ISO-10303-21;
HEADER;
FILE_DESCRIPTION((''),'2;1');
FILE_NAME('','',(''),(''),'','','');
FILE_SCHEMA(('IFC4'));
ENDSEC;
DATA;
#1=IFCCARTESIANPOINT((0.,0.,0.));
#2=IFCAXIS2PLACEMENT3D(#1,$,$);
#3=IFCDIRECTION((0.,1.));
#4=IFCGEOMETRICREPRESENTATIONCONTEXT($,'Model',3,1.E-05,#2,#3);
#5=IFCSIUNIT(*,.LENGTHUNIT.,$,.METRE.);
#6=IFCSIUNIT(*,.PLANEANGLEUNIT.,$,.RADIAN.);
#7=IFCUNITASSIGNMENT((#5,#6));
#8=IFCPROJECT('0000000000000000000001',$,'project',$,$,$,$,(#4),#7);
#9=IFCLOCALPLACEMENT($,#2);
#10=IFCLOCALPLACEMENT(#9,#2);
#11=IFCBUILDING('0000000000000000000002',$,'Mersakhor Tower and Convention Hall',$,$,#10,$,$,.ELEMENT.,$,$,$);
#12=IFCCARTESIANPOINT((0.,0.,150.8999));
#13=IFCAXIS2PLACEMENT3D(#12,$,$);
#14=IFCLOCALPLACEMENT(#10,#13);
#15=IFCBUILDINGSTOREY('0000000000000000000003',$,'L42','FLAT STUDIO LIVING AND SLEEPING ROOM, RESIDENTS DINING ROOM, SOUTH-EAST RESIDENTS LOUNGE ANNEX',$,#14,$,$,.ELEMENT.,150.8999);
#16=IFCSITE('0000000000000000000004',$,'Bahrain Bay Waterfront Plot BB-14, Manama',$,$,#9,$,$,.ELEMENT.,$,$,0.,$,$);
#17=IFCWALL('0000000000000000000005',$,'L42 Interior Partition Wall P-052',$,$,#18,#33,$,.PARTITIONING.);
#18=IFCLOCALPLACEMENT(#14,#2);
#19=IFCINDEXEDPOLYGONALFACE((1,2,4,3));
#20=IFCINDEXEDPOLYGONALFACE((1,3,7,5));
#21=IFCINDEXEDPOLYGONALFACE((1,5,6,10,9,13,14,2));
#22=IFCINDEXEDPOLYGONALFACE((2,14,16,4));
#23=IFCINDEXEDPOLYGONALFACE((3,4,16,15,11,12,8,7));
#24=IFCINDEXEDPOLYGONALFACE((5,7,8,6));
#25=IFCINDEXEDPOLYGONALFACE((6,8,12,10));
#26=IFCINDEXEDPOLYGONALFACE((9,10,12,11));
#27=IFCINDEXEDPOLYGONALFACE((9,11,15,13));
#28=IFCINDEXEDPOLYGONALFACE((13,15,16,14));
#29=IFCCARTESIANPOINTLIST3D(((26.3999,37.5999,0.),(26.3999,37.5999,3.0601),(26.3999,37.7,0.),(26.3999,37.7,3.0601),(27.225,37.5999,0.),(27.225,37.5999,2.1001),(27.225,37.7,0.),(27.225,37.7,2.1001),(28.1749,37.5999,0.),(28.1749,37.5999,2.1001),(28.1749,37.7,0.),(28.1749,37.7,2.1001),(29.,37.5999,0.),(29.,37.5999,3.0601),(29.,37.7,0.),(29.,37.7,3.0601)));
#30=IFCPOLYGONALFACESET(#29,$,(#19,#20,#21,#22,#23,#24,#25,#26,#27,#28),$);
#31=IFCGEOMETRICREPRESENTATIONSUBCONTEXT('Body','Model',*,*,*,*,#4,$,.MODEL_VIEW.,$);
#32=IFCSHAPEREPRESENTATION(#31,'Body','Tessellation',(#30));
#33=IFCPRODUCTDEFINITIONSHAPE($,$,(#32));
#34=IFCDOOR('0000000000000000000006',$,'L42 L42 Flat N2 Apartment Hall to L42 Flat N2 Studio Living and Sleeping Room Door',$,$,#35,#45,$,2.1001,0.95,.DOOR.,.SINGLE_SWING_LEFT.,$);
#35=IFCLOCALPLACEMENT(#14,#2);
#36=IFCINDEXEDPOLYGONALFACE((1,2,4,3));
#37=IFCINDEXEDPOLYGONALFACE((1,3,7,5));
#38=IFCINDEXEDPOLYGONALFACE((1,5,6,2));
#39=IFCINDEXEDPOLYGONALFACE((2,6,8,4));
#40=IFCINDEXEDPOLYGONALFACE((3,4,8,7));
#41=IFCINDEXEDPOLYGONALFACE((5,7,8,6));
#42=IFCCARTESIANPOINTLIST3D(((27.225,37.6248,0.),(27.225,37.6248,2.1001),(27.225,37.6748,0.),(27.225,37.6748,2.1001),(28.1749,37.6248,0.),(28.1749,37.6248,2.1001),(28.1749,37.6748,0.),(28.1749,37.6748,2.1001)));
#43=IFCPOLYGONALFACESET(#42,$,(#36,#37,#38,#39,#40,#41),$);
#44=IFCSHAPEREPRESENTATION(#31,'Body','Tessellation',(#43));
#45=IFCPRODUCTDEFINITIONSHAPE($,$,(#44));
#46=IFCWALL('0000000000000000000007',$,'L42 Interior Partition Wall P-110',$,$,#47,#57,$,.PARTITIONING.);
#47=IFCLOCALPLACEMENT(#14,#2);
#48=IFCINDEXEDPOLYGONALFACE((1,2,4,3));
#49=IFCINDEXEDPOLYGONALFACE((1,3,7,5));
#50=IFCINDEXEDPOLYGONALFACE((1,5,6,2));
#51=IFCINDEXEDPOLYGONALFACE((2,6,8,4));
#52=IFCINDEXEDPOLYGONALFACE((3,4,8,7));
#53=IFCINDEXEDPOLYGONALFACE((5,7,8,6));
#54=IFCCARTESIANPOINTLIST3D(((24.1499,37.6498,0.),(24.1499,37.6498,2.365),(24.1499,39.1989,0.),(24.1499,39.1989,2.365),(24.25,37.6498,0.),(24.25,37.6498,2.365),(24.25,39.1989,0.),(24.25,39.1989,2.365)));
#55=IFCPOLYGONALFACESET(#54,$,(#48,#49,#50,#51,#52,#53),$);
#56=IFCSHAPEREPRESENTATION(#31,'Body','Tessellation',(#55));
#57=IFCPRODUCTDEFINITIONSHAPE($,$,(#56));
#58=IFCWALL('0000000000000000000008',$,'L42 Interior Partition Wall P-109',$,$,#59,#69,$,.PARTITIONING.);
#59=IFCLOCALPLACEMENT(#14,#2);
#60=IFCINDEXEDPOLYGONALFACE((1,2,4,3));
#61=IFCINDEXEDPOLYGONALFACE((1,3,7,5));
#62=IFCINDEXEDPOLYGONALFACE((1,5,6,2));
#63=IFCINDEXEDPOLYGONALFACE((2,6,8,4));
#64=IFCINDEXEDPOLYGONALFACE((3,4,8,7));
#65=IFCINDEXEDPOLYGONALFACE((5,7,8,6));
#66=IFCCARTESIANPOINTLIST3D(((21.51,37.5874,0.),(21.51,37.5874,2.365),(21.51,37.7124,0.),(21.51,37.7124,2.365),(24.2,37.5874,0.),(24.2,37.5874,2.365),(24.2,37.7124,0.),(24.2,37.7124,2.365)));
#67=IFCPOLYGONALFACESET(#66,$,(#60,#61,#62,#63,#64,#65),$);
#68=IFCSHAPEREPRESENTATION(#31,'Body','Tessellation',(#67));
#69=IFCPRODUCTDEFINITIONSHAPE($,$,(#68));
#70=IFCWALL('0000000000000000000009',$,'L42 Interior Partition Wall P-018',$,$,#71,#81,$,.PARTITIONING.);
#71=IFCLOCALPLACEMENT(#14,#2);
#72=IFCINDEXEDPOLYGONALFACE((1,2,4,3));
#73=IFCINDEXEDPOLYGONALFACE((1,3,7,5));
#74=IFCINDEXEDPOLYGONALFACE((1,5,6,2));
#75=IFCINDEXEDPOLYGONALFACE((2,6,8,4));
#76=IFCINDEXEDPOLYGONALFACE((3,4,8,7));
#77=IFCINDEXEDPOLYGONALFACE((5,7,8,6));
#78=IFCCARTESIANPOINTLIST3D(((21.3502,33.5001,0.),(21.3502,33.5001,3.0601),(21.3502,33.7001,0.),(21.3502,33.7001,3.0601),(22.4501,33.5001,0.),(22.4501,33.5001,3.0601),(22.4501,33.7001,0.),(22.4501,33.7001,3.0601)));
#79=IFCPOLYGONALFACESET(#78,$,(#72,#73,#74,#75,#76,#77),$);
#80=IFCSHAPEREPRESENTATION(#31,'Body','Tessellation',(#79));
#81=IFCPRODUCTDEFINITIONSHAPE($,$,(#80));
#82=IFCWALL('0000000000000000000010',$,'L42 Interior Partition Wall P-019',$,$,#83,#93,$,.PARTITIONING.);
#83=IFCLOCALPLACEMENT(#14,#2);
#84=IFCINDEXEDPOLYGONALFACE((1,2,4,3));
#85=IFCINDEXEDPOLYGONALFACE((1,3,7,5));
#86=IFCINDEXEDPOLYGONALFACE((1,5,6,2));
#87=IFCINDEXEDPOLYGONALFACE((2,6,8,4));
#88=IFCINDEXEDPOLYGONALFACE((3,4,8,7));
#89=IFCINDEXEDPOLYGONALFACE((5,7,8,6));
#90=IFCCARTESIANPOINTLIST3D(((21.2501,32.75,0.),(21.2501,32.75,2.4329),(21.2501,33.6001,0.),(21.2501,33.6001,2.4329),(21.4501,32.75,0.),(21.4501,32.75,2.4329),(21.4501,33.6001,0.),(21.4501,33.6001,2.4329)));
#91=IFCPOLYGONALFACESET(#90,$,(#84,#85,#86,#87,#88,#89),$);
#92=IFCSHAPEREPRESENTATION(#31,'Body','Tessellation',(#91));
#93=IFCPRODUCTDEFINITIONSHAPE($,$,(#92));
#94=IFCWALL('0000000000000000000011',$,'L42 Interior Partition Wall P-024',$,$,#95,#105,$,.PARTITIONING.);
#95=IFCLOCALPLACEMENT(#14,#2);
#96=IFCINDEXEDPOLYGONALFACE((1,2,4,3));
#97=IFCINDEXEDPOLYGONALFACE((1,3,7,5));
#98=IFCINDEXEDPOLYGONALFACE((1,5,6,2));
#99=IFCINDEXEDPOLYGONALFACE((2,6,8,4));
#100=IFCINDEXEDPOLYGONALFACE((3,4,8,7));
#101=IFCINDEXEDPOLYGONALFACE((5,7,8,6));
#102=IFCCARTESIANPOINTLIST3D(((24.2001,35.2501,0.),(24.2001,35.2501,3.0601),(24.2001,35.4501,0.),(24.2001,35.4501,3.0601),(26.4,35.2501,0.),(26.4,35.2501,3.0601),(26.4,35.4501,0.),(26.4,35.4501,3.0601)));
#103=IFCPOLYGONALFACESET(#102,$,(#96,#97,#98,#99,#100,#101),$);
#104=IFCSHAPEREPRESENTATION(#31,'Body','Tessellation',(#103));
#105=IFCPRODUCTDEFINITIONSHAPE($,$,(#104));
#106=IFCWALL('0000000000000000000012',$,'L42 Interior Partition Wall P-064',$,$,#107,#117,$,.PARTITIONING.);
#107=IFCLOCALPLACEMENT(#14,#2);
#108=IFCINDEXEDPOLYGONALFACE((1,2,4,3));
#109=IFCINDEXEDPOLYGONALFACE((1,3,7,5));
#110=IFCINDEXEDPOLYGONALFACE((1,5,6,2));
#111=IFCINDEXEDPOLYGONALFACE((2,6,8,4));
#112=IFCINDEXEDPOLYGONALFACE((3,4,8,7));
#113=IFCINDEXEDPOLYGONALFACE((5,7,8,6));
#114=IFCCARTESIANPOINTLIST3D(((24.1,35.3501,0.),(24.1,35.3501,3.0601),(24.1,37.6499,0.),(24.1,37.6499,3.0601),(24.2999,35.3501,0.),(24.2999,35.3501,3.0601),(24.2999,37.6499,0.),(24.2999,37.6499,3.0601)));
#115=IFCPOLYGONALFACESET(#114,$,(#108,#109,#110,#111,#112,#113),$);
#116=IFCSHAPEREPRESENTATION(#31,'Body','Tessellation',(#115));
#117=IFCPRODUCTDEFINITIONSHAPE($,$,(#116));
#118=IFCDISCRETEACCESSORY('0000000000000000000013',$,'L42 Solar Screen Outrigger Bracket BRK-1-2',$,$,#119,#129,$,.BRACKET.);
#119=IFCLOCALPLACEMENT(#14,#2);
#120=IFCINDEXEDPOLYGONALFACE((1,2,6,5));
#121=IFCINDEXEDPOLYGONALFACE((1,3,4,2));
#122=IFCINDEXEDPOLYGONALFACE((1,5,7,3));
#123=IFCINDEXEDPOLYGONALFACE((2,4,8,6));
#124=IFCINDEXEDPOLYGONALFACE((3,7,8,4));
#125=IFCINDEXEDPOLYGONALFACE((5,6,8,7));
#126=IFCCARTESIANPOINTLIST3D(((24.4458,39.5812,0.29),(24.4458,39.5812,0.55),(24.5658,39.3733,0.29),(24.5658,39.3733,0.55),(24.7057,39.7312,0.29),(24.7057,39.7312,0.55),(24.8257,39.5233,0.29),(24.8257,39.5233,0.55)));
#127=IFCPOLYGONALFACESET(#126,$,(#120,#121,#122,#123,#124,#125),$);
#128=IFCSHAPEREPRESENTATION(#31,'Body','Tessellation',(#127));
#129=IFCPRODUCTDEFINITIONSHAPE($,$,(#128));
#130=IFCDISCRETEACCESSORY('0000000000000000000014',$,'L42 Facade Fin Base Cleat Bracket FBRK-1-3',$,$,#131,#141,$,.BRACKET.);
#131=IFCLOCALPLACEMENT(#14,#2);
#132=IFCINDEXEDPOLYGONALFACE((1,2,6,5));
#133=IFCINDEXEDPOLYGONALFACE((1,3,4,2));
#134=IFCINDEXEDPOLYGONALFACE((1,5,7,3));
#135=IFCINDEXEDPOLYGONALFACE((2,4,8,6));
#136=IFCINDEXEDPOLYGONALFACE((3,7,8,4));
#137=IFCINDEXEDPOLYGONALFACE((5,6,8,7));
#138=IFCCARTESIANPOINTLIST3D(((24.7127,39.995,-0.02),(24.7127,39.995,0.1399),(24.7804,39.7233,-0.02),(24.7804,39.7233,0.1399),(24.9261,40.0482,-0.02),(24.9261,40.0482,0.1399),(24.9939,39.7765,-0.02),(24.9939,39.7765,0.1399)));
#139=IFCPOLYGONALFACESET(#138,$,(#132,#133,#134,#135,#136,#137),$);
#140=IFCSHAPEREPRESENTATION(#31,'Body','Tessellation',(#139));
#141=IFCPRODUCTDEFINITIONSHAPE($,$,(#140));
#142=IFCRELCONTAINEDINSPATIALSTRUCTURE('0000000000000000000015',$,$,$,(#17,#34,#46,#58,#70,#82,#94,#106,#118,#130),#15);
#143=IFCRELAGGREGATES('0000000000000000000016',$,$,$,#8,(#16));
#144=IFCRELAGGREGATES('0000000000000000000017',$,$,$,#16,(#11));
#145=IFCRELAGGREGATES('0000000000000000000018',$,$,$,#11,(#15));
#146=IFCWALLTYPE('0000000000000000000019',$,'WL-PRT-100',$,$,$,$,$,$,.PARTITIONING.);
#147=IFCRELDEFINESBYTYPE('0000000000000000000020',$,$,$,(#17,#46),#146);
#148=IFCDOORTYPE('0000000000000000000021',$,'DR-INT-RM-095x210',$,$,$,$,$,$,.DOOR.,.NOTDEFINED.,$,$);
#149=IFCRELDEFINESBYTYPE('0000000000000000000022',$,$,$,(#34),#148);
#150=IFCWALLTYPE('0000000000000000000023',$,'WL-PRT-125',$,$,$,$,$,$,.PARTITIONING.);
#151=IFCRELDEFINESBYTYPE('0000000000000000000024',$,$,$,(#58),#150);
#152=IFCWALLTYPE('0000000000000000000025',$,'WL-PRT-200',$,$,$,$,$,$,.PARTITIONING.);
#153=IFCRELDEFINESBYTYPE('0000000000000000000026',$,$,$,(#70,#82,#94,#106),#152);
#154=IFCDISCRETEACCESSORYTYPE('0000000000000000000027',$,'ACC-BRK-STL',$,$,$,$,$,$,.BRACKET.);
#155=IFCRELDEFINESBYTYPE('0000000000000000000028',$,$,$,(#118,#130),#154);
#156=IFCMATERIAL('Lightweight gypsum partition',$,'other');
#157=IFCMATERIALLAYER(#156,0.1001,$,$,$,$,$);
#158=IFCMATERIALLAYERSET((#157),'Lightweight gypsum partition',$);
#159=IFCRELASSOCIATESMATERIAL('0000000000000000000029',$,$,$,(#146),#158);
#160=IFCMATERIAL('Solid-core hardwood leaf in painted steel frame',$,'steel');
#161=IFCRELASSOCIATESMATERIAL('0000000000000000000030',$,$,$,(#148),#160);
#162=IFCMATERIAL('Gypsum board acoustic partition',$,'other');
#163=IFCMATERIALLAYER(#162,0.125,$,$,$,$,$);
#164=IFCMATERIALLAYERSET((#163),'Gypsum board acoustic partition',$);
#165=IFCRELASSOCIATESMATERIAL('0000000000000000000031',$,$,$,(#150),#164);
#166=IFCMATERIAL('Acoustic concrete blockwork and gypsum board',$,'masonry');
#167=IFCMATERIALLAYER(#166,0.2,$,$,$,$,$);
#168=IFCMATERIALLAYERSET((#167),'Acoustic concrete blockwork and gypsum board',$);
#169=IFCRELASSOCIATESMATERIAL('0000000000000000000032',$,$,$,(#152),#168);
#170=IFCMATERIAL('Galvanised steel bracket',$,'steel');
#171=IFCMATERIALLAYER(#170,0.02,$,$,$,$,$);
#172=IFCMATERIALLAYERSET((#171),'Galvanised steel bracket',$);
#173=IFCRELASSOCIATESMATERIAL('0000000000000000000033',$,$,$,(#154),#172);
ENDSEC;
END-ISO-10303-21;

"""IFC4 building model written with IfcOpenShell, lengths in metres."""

from ifc_helpers import new_model, si_unit, direction, frame, frame_2d, origin, origin_2d, place, context, subcontext, project, spatial, rectangle, extrude, material, layer, layer_set, type_object, element, fill, save


model = new_model("IFC4")

# Units and contexts
model_context = context("Model", 3, precision=1e-05, world=origin(), true_north=direction((0.0, 1.0)))
body_context = subcontext(model_context, "Body", "Model", "MODEL_VIEW")
ifc_project = project(units=[si_unit("LENGTHUNIT", "METRE"), si_unit("PLANEANGLEUNIT", "RADIAN")], contexts=[model_context])

# Site, building, storey
site_placement = place(None, origin())
site = spatial("IfcSite", under=ifc_project, at=site_placement, Name="Bahrain Bay Waterfront Plot BB-14, Manama", CompositionType="ELEMENT", RefElevation=0.0)
building_placement = place(site_placement, origin())
building = spatial("IfcBuilding", under=site, at=building_placement, Name="Mersakhor Tower and Convention Hall", CompositionType="ELEMENT")
storey_placement = place(building_placement, frame((0.0, 0.0, 150.8999)))
storey = spatial("IfcBuildingStorey", under=building, at=storey_placement, Name="L42", Description="FLAT STUDIO LIVING AND SLEEPING ROOM, RESIDENTS DINING ROOM, SOUTH-EAST RESIDENTS LOUNGE ANNEX", CompositionType="ELEMENT", Elevation=150.8999)

# Wall, opening, door
ifc_material_1 = material(Name="Lightweight gypsum partition", Category="other")
ifc_layer_1 = layer(ifc_material_1, 0.1001)
ifc_layer_set_1 = layer_set([ifc_layer_1], Name="Lightweight gypsum partition")
wall_type_1 = type_object("IfcWallType", Name="WL-PRT-100", PredefinedType="PARTITIONING", material=ifc_layer_set_1)
wall_1_placement = place(storey_placement, frame((26.3999, 37.6499, 0.0), z_axis=(0.0, 0.0, 1.0), x_axis=(1.0, 0.0, 0.0)))
wall_1 = element("IfcWall", 1, at=wall_1_placement, inside=storey, type_object=wall_type_1, Name="L42 Interior Partition Wall P-052", PredefinedType="PARTITIONING", context=body_context, shape_type="SweptSolid", body=[
    extrude(rectangle(XDim=2.6001, YDim=0.1001, at=frame_2d((1.3, 0.0))), origin(), (0.0, 0.0, 1.0), 3.0601),
])
opening_1_placement = place(wall_1_placement, frame((0.825, 0.0, 0.0)))
opening_1 = element("IfcOpeningElement", 2, at=opening_1_placement, cuts=wall_1, PredefinedType="OPENING", context=body_context, shape_type="SweptSolid", body=[
    extrude(rectangle(XDim=0.95, YDim=2.1001, at=frame_2d((0.4751, 1.05))), frame((0.0, 0.0601, 0.0), z_axis=(0.0, -1.0, 0.0), x_axis=(1.0, 0.0, 0.0)), (0.0, 0.0, 1.0), 0.1201),
])
ifc_material_2 = material(Name="Solid-core hardwood leaf in painted steel frame", Category="steel")
door_type_1 = type_object("IfcDoorType", Name="DR-INT-RM-095x210", OperationType="NOTDEFINED", PredefinedType="DOOR", material=ifc_material_2)
door_1_placement = place(opening_1_placement, origin())
door_1 = element("IfcDoor", 3, at=door_1_placement, inside=storey, type_object=door_type_1, Name="L42 L42 Flat N2 Apartment Hall to L42 Flat N2 Studio Living and Sleeping Room Door", OperationType="SINGLE_SWING_LEFT", OverallHeight=2.1001, OverallWidth=0.95, PredefinedType="DOOR", context=body_context, shape_type="SweptSolid", body=[
    extrude(rectangle(XDim=0.95, YDim=2.1001, at=frame_2d((0.4751, 1.05))), frame((0.0, 0.0249, 0.0), z_axis=(0.0, -1.0, 0.0), x_axis=(1.0, 0.0, 0.0)), (0.0, 0.0, 1.0), 0.05),
])
fill(opening_1, door_1)

# Walls
wall_2_placement = place(storey_placement, frame((24.2, 37.6499, 0.0), z_axis=(0.0, 0.0, 1.0), x_axis=(0.0, 1.0, 0.0)))
element("IfcWall", 4, at=wall_2_placement, inside=storey, type_object=wall_type_1, Name="L42 Interior Partition Wall P-110", PredefinedType="PARTITIONING", context=body_context, shape_type="SweptSolid", body=[
    extrude(rectangle(XDim=1.5491, YDim=0.1001, at=frame_2d((0.7744, 0.0))), origin(), (0.0, 0.0, 1.0), 2.365),
])
ifc_material_3 = material(Name="Gypsum board acoustic partition", Category="other")
ifc_layer_2 = layer(ifc_material_3, 0.125)
ifc_layer_set_2 = layer_set([ifc_layer_2], Name="Gypsum board acoustic partition")
wall_type_2 = type_object("IfcWallType", Name="WL-PRT-125", PredefinedType="PARTITIONING", material=ifc_layer_set_2)
wall_3_placement = place(storey_placement, frame((21.51, 37.6499, 0.0), z_axis=(0.0, 0.0, 1.0), x_axis=(1.0, 0.0, 0.0)))
element("IfcWall", 5, at=wall_3_placement, inside=storey, type_object=wall_type_2, Name="L42 Interior Partition Wall P-109", PredefinedType="PARTITIONING", context=body_context, shape_type="SweptSolid", body=[
    extrude(rectangle(XDim=2.6899, YDim=0.125, at=frame_2d((1.345, 0.0))), origin(), (0.0, 0.0, 1.0), 2.365),
])
ifc_material_4 = material(Name="Acoustic concrete blockwork and gypsum board", Category="masonry")
ifc_layer_3 = layer(ifc_material_4, 0.2)
ifc_layer_set_3 = layer_set([ifc_layer_3], Name="Acoustic concrete blockwork and gypsum board")
wall_type_3 = type_object("IfcWallType", Name="WL-PRT-200", PredefinedType="PARTITIONING", material=ifc_layer_set_3)
wall_4_placement = place(storey_placement, frame((22.45, 33.6001, 0.0), z_axis=(0.0, 0.0, 1.0), x_axis=(-1.0, 0.0, 0.0)))
element("IfcWall", 6, at=wall_4_placement, inside=storey, type_object=wall_type_3, Name="L42 Interior Partition Wall P-018", PredefinedType="PARTITIONING", context=body_context, shape_type="SweptSolid", body=[
    extrude(rectangle(XDim=1.0999, YDim=0.2, at=frame_2d((0.5498, 0.0))), origin(), (0.0, 0.0, 1.0), 3.0601),
])
wall_5_placement = place(storey_placement, frame((21.3501, 33.6001, 0.0), z_axis=(0.0, 0.0, 1.0), x_axis=(0.0, -1.0, 0.0)))
element("IfcWall", 7, at=wall_5_placement, inside=storey, type_object=wall_type_3, Name="L42 Interior Partition Wall P-019", PredefinedType="PARTITIONING", context=body_context, shape_type="SweptSolid", body=[
    extrude(rectangle(XDim=0.8501, YDim=0.2, at=frame_2d((0.425, 0.0))), origin(), (0.0, 0.0, 1.0), 2.4329),
])
wall_6_placement = place(storey_placement, frame((24.2, 35.3501, 0.0), z_axis=(0.0, 0.0, 1.0), x_axis=(1.0, 0.0, 0.0)))
element("IfcWall", 8, at=wall_6_placement, inside=storey, type_object=wall_type_3, Name="L42 Interior Partition Wall P-024", PredefinedType="PARTITIONING", context=body_context, shape_type="SweptSolid", body=[
    extrude(rectangle(XDim=2.2, YDim=0.2, at=frame_2d((1.1001, 0.0))), origin(), (0.0, 0.0, 1.0), 3.0601),
])

# Wall
wall_7_placement = place(storey_placement, frame((24.2, 35.3501, 0.0), z_axis=(0.0, 0.0, 1.0), x_axis=(0.0, 1.0, 0.0)))
element("IfcWall", 9, at=wall_7_placement, inside=storey, type_object=wall_type_3, Name="L42 Interior Partition Wall P-064", PredefinedType="PARTITIONING", context=body_context, shape_type="SweptSolid", body=[
    extrude(rectangle(XDim=2.2998, YDim=0.2, at=frame_2d((1.1499, 0.0))), origin(), (0.0, 0.0, 1.0), 3.0601),
])

# Discrete accessories
ifc_material_5 = material(Name="Galvanised steel bracket", Category="steel")
ifc_layer_4 = layer(ifc_material_5, 0.02)
ifc_layer_set_4 = layer_set([ifc_layer_4], Name="Galvanised steel bracket")
discrete_accessory_type = type_object("IfcDiscreteAccessoryType", Name="ACC-BRK-STL", PredefinedType="BRACKET", material=ifc_layer_set_4)
discrete_accessory_1_placement = place(storey_placement, frame((24.6357, 39.5522, 0.29), z_axis=(0.0, 0.0, 1.0), x_axis=(0.866025, 0.5, 0.0)))
element("IfcDiscreteAccessory", 10, at=discrete_accessory_1_placement, inside=storey, type_object=discrete_accessory_type, Name="L42 Solar Screen Outrigger Bracket BRK-1-2", PredefinedType="BRACKET", context=body_context, shape_type="SweptSolid", body=[
    extrude(rectangle(XDim=0.3, YDim=0.24, at=origin_2d()), origin(), (0.0, 0.0, 1.0), 0.26),
])
discrete_accessory_2_placement = place(storey_placement, frame((24.8533, 39.8857, -0.02), z_axis=(0.0, 0.0, 1.0), x_axis=(-0.241922, 0.970296, 0.0)))
element("IfcDiscreteAccessory", 11, at=discrete_accessory_2_placement, inside=storey, type_object=discrete_accessory_type, Name="L42 Facade Fin Base Cleat Bracket FBRK-1-3", PredefinedType="BRACKET", context=body_context, shape_type="SweptSolid", body=[
    extrude(rectangle(XDim=0.28, YDim=0.22, at=origin_2d()), origin(), (0.0, 0.0, 1.0), 0.1599),
])

save(model, "model.ifc")
